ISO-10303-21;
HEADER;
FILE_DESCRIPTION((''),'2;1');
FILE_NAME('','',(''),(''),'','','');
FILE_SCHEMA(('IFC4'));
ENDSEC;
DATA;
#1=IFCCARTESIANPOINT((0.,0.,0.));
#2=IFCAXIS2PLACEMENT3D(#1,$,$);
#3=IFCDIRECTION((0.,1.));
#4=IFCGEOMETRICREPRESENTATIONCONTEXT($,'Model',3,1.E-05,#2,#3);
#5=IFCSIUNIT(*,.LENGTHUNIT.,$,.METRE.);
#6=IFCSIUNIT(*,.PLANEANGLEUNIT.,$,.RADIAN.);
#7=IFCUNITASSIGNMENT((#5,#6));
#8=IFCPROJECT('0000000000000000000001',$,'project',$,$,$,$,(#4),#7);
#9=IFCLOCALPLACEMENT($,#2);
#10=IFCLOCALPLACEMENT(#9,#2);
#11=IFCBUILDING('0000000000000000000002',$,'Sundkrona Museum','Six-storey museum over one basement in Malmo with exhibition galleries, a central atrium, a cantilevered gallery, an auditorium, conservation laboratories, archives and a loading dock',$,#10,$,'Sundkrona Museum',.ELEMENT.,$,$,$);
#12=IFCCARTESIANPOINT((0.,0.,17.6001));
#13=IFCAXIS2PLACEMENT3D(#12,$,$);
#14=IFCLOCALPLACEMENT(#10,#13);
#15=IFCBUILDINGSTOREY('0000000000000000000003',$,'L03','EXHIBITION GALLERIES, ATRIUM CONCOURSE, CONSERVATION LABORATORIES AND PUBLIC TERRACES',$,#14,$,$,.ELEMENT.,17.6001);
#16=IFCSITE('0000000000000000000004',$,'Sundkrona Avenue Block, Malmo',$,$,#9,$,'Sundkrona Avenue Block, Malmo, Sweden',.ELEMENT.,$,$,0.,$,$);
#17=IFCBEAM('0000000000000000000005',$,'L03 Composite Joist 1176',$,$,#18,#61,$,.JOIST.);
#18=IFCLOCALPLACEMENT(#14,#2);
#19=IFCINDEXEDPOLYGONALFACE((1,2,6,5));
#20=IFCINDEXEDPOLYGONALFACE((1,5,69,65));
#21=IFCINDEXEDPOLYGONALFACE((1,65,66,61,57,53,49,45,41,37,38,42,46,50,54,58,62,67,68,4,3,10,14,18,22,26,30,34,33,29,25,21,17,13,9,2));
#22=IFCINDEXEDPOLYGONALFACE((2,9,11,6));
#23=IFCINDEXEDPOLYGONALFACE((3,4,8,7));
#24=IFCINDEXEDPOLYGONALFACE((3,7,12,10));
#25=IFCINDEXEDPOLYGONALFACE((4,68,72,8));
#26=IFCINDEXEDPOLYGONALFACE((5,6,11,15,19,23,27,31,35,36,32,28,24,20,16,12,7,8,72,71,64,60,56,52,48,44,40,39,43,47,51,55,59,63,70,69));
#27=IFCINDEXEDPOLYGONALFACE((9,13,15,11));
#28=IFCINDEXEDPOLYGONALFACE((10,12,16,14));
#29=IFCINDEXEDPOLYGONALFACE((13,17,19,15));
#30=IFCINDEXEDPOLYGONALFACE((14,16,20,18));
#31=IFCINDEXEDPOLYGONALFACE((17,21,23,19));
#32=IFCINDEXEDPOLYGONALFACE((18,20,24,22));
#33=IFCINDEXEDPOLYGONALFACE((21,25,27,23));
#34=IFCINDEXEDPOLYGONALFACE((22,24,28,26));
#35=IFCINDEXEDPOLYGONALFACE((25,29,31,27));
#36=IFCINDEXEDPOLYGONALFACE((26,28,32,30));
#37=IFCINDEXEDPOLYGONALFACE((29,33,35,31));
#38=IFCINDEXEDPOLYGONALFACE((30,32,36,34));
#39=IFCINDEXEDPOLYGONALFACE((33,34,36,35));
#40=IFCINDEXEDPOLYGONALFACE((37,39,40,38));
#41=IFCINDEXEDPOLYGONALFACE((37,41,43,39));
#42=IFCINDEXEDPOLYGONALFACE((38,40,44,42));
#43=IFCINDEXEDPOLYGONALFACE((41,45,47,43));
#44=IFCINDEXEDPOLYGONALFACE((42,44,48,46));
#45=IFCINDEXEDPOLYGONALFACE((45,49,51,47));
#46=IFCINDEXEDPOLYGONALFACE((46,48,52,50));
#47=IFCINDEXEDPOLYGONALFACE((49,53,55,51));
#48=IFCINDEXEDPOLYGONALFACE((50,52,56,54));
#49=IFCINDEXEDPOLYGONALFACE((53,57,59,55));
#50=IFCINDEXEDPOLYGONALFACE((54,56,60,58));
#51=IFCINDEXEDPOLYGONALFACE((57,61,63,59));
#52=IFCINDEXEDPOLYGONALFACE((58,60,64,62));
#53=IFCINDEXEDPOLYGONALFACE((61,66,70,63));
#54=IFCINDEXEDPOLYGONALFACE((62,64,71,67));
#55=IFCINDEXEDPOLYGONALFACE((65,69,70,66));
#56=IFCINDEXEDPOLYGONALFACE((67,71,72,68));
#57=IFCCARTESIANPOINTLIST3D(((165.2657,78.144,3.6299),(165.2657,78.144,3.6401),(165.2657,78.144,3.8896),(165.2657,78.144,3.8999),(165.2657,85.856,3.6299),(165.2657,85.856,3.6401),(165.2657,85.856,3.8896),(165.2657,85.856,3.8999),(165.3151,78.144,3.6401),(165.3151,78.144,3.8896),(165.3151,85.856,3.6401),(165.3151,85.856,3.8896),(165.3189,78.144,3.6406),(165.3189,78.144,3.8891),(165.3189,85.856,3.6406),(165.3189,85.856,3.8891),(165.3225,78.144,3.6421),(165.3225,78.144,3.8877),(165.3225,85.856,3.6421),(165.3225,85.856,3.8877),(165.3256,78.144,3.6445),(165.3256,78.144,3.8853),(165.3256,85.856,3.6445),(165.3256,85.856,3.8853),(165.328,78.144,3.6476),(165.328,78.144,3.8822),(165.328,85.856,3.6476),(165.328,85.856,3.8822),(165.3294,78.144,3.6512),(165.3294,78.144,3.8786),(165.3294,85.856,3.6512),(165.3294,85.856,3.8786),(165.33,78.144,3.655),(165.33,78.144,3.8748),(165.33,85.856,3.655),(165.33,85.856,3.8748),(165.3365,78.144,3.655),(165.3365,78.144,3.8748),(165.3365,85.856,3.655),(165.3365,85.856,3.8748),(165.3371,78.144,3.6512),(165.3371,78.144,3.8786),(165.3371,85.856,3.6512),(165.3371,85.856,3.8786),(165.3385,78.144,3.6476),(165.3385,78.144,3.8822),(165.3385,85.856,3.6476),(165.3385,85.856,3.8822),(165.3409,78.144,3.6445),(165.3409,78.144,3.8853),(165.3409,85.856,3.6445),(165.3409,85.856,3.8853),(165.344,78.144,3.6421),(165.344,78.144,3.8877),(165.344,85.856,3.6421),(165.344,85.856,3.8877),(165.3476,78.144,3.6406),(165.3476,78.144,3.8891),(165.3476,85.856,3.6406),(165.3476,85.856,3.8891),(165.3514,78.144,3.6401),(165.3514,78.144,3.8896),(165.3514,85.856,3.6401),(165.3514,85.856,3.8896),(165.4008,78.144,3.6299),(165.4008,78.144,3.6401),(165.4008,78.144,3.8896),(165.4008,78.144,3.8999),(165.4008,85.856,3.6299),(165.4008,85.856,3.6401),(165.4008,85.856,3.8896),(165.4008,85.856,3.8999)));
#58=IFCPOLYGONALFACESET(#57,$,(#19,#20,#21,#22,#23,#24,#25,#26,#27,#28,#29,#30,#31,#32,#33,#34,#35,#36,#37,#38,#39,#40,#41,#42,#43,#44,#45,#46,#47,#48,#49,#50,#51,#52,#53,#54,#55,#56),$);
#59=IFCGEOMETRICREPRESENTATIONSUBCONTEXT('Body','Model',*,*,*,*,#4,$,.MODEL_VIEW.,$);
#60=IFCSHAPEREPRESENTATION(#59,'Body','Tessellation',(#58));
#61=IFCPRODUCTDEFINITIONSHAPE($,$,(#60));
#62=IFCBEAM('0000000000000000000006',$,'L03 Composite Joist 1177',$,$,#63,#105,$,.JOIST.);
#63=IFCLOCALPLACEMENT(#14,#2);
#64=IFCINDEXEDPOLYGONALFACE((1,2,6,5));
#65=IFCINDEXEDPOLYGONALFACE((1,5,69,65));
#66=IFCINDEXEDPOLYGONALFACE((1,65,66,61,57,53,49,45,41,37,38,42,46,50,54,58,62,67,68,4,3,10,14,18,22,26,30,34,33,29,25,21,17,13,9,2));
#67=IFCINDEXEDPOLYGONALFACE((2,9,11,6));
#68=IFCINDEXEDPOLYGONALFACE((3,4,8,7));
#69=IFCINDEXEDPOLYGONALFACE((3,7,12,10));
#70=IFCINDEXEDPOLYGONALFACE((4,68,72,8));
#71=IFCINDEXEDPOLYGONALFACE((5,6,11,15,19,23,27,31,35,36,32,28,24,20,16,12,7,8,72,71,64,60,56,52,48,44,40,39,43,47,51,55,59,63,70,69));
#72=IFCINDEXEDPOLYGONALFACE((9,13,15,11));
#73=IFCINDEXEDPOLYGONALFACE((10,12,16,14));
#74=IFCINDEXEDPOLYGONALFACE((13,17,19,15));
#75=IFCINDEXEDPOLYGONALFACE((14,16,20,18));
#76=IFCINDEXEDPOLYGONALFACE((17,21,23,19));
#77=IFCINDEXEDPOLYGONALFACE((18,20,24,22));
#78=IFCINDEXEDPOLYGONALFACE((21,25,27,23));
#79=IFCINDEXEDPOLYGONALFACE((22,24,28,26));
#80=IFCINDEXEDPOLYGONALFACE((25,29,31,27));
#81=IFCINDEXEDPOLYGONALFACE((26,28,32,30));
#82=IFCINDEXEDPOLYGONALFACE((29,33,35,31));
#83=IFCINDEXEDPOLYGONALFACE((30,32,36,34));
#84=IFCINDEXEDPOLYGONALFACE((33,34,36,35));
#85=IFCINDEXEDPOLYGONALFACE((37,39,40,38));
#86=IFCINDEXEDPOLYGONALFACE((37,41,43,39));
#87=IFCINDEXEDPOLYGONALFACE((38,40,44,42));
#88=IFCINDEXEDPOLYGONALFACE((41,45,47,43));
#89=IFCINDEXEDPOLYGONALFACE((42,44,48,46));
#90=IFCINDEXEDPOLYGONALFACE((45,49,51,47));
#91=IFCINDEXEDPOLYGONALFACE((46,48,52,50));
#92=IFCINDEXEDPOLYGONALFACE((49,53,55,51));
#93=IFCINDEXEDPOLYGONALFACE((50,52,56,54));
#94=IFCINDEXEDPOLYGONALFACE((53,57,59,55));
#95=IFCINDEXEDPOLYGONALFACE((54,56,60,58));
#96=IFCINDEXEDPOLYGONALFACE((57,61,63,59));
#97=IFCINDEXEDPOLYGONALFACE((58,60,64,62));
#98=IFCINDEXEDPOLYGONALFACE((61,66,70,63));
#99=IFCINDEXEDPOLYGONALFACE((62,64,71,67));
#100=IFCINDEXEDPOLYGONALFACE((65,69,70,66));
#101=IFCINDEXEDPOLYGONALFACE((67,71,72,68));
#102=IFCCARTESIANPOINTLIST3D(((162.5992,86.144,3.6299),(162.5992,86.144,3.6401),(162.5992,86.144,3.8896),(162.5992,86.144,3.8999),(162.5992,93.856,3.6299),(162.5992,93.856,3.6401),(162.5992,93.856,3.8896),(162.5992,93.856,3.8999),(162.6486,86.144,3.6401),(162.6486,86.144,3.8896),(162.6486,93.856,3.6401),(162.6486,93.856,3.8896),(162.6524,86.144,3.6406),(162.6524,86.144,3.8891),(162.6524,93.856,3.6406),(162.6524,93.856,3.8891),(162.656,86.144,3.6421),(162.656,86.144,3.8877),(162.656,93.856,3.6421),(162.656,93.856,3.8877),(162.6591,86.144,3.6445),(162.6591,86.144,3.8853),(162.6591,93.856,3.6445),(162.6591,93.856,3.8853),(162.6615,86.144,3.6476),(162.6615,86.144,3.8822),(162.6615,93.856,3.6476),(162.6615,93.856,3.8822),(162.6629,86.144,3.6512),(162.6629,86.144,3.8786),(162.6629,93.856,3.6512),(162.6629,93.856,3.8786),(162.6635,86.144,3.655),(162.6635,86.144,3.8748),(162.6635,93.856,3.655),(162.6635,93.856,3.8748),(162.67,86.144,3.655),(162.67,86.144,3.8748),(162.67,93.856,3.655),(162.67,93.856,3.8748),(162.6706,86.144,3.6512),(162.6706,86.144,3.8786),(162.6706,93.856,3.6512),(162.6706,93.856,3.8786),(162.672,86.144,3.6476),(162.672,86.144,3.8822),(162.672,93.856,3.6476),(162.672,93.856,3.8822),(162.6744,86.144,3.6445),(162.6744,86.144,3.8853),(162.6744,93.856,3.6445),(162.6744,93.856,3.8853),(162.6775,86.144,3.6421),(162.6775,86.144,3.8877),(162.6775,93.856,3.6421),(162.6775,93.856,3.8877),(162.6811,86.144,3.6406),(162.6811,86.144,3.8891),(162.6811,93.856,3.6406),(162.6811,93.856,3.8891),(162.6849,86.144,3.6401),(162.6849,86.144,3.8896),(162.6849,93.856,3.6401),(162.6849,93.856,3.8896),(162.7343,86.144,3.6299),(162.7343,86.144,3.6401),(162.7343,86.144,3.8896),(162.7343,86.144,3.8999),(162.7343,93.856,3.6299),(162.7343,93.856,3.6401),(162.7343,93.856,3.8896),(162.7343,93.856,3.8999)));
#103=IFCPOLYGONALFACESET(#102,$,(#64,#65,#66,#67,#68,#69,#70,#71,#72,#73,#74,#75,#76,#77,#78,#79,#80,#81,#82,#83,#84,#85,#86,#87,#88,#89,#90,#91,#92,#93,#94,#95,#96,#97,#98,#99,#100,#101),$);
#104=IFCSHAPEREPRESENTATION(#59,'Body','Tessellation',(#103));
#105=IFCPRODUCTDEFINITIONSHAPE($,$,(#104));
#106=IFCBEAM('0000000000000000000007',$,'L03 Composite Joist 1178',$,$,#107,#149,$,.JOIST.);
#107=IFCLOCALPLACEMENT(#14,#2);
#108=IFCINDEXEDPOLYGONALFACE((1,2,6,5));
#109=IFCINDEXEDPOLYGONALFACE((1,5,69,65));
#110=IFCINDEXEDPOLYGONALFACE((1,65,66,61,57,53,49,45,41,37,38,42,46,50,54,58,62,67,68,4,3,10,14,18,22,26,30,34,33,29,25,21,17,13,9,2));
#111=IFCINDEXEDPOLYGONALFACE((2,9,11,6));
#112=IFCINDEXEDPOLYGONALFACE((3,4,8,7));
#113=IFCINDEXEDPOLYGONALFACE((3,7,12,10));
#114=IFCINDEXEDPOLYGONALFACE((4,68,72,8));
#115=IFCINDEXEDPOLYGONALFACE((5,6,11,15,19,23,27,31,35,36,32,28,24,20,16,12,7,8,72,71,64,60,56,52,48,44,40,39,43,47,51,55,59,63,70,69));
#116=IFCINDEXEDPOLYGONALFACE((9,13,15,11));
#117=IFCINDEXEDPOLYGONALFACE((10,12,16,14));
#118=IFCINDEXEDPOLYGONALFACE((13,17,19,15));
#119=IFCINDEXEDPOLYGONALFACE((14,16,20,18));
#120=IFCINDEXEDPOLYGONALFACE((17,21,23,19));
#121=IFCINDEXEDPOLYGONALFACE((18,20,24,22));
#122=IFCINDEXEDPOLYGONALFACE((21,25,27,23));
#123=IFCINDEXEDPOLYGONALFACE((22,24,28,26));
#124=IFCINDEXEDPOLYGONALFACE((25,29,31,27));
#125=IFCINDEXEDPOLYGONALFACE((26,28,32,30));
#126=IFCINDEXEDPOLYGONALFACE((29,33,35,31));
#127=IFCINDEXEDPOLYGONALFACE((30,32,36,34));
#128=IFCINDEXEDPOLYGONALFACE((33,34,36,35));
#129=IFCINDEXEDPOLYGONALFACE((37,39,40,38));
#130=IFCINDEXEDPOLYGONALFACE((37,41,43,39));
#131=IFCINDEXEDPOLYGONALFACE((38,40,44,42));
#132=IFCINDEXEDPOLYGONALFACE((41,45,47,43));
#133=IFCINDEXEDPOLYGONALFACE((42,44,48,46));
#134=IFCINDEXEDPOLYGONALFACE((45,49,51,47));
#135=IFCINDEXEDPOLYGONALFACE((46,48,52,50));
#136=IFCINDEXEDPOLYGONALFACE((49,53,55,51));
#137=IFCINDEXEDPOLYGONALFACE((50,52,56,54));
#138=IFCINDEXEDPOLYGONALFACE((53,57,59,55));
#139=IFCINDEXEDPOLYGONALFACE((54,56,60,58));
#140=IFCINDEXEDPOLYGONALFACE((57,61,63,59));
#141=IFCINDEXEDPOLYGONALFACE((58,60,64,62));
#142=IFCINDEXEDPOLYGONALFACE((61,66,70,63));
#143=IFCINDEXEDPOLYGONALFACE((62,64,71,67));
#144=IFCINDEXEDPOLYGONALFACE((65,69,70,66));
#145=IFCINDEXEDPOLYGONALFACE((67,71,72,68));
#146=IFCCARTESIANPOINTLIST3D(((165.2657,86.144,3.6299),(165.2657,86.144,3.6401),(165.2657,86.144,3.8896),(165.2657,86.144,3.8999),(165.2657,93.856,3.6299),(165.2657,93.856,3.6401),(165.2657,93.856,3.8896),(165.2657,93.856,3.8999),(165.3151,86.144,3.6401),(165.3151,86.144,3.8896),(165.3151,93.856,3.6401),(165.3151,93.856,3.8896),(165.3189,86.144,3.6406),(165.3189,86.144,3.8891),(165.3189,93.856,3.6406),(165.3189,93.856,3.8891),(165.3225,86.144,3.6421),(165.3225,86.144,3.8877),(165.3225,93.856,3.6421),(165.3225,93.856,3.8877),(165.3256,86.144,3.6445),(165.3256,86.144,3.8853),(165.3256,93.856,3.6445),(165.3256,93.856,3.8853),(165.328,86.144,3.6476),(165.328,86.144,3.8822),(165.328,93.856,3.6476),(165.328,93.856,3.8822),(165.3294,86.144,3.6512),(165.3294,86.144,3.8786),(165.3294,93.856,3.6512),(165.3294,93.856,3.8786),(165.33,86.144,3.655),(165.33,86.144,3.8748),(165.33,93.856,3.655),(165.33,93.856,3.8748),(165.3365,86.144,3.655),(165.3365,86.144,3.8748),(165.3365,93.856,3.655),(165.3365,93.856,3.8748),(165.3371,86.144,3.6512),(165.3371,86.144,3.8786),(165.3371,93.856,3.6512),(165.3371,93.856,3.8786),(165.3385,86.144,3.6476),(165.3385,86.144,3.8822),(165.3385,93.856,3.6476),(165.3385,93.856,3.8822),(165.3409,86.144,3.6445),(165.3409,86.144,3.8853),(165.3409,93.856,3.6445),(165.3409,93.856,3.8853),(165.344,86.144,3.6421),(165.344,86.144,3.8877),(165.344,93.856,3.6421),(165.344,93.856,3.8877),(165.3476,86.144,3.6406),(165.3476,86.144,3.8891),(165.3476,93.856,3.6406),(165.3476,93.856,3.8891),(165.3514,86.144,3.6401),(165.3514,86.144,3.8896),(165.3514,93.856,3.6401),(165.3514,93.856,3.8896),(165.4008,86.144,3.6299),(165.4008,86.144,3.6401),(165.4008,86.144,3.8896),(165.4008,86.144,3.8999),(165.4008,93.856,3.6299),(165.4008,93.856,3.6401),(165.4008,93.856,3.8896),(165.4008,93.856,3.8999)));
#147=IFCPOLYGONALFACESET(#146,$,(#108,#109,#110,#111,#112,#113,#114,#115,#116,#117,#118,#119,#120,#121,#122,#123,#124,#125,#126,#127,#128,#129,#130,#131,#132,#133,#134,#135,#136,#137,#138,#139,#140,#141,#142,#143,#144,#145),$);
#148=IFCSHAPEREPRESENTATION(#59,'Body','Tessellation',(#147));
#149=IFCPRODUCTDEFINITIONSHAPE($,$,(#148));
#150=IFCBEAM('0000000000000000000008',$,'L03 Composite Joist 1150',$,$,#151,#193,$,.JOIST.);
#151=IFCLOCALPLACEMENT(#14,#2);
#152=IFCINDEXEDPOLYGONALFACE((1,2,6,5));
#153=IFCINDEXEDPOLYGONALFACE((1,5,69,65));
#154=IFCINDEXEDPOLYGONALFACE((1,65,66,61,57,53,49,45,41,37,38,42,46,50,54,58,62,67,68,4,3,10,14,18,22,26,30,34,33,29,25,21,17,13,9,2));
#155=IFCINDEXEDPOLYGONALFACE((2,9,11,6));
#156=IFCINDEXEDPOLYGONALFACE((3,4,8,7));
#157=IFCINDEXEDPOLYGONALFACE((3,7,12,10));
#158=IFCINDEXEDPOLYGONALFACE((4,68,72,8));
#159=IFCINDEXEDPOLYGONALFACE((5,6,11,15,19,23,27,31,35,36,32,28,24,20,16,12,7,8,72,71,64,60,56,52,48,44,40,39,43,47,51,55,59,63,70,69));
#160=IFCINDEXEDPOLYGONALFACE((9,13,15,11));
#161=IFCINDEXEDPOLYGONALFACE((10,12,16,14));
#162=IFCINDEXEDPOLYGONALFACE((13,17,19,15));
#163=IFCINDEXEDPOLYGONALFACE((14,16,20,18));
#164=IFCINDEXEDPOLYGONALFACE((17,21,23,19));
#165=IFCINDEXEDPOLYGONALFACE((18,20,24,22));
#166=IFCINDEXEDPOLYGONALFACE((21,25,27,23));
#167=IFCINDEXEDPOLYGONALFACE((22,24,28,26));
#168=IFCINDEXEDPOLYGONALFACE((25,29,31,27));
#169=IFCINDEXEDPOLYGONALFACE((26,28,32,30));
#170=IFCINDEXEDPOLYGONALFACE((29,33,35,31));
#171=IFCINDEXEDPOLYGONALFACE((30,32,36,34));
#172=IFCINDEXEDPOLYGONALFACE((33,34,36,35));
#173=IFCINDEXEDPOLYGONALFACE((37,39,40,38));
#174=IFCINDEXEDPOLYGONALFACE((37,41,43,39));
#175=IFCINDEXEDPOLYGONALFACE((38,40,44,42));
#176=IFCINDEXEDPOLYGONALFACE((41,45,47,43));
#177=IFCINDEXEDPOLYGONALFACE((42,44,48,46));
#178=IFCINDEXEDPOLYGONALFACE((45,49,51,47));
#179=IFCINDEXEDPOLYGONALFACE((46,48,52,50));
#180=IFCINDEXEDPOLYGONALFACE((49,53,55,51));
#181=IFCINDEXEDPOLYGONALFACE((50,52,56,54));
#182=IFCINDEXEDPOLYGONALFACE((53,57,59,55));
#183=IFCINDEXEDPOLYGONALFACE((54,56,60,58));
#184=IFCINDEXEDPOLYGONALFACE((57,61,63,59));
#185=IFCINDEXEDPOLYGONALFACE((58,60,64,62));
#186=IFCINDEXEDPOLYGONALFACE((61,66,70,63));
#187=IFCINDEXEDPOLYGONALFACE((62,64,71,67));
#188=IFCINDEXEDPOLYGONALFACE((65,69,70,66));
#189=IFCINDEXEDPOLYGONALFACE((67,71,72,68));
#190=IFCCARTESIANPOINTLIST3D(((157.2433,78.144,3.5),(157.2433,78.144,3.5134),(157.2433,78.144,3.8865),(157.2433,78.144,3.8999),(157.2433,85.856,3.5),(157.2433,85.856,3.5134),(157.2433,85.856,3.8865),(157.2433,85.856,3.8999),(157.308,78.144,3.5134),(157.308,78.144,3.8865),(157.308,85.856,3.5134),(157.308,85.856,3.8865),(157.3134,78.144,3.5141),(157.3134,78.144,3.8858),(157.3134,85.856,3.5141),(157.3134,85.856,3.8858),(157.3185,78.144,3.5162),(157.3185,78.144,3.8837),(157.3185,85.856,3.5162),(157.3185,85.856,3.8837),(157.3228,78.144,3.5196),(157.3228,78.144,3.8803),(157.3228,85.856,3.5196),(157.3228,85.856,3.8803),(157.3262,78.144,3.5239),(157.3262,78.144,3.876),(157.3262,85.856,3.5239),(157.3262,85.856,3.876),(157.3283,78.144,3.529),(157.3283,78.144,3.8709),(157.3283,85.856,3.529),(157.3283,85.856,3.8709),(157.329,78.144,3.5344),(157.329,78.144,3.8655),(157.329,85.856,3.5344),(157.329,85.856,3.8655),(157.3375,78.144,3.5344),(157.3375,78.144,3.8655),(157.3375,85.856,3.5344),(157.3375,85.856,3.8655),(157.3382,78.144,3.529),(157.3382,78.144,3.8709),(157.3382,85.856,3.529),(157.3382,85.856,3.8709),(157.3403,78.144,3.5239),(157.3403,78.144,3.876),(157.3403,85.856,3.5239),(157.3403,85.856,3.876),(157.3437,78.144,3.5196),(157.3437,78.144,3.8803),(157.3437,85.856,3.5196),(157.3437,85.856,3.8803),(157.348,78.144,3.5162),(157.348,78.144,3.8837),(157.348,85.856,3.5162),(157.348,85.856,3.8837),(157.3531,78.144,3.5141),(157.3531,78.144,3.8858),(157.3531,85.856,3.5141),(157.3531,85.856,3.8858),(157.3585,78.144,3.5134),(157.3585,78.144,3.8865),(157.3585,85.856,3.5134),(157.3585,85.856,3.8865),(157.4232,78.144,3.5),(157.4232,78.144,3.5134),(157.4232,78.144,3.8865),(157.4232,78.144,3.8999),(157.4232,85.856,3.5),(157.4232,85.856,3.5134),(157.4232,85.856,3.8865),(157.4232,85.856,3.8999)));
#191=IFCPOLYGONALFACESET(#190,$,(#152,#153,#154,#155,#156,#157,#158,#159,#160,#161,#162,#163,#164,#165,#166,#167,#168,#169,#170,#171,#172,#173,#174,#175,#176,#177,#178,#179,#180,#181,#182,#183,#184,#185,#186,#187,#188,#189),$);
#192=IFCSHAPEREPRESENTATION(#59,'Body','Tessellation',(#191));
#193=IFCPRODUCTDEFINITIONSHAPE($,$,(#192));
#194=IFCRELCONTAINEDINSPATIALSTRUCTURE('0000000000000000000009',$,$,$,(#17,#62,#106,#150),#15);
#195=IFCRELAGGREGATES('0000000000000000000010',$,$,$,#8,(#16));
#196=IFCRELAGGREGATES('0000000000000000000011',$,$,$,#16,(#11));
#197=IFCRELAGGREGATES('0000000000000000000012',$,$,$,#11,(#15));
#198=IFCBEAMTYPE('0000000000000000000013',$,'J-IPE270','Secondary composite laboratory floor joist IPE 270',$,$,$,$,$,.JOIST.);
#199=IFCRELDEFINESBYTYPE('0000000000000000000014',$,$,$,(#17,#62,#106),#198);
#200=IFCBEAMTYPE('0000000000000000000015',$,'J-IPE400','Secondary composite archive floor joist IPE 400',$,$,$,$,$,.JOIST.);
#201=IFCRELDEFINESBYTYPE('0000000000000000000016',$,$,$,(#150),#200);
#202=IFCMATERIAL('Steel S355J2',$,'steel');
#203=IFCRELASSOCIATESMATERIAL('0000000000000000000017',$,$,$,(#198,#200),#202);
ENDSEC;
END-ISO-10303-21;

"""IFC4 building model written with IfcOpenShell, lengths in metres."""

from ifc_helpers import new_model, si_unit, direction, frame, origin, origin_2d, place, context, subcontext, project, spatial, i_section, extrude, material, material_profile, profile_set, type_object, element, save


model = new_model("IFC4")

# Units and contexts
model_context = context("Model", 3, precision=1e-05, world=origin(), true_north=direction((0.0, 1.0)))
body_context = subcontext(model_context, "Body", "Model", "MODEL_VIEW")
ifc_project = project(units=[si_unit("LENGTHUNIT", "METRE"), si_unit("PLANEANGLEUNIT", "RADIAN")], contexts=[model_context])

# Site, building, storey
site_placement = place(None, origin())
site = spatial("IfcSite", under=ifc_project, at=site_placement, Name="Sundkrona Avenue Block, Malmo", LongName="Sundkrona Avenue Block, Malmo, Sweden", CompositionType="ELEMENT", RefElevation=0.0)
building_placement = place(site_placement, origin())
building = spatial("IfcBuilding", under=site, at=building_placement, Name="Sundkrona Museum", Description="Six-storey museum over one basement in Malmo with exhibition galleries, a central atrium, a cantilevered gallery, an auditorium, conservation laboratories, archives and a loading dock", LongName="Sundkrona Museum", CompositionType="ELEMENT")
storey_placement = place(building_placement, frame((0.0, 0.0, 17.6001)))
storey = spatial("IfcBuildingStorey", under=building, at=storey_placement, Name="L03", Description="EXHIBITION GALLERIES, ATRIUM CONCOURSE, CONSERVATION LABORATORIES AND PUBLIC TERRACES", CompositionType="ELEMENT", Elevation=17.6001)

# Shared definitions
ifc_material_1 = material(Name="Steel S355J2", Category="steel")

# Beams
ifc_material_profile_1 = material_profile(ifc_material_1, i_section(OverallWidth=0.135, OverallDepth=0.27, WebThickness=0.0066, FlangeThickness=0.0103, FilletRadius=0.0149, at=origin_2d()), Name="IPE 270")
ifc_profile_set_1 = profile_set([ifc_material_profile_1], Name="Steel S355J2")
beam_type_1 = type_object("IfcBeamType", Name="J-IPE270", Description="Secondary composite laboratory floor joist IPE 270", PredefinedType="JOIST", material=ifc_profile_set_1)
for number, where, z_axis, x_axis, name in (
    (1, (165.3333, 78.144, 3.7649), (0.0, 1.0, 0.0), (-1.0, 0.0, 0.0), "L03 Composite Joist 1176"),
    (2, (162.6667, 86.144, 3.7649), (0.0, 1.0, 0.0), (-1.0, 0.0, 0.0), "L03 Composite Joist 1177"),
    (3, (165.3333, 86.144, 3.7649), (0.0, 1.0, 0.0), (-1.0, 0.0, 0.0), "L03 Composite Joist 1178"),
):
    element("IfcBeam", number, at=place(storey_placement, frame(where, z_axis=z_axis, x_axis=x_axis)), inside=storey, type_object=beam_type_1, Name=name, PredefinedType="JOIST", context=body_context, shape_type="SweptSolid", body=[
        extrude(i_section(OverallWidth=0.135, OverallDepth=0.27, WebThickness=0.0066, FlangeThickness=0.0103, FilletRadius=0.0149, at=origin_2d()), origin(), (0.0, 0.0, 1.0), 7.7119),
    ])
ifc_material_profile_2 = material_profile(ifc_material_1, i_section(OverallWidth=0.1799, OverallDepth=0.3999, WebThickness=0.0085, FlangeThickness=0.0134, FilletRadius=0.021, at=origin_2d()), Name="IPE 400")
ifc_profile_set_2 = profile_set([ifc_material_profile_2], Name="Steel S355J2")
beam_type_2 = type_object("IfcBeamType", Name="J-IPE400", Description="Secondary composite archive floor joist IPE 400", PredefinedType="JOIST", material=ifc_profile_set_2)
beam_1_placement = place(storey_placement, frame((157.3333, 78.144, 3.7), z_axis=(0.0, 1.0, 0.0), x_axis=(-1.0, 0.0, 0.0)))
element("IfcBeam", 4, at=beam_1_placement, inside=storey, type_object=beam_type_2, Name="L03 Composite Joist 1150", PredefinedType="JOIST", context=body_context, shape_type="SweptSolid", body=[
    extrude(i_section(OverallWidth=0.1799, OverallDepth=0.3999, WebThickness=0.0085, FlangeThickness=0.0134, FilletRadius=0.021, at=origin_2d()), origin(), (0.0, 0.0, 1.0), 7.7119),
])

save(model, "model.ifc")
